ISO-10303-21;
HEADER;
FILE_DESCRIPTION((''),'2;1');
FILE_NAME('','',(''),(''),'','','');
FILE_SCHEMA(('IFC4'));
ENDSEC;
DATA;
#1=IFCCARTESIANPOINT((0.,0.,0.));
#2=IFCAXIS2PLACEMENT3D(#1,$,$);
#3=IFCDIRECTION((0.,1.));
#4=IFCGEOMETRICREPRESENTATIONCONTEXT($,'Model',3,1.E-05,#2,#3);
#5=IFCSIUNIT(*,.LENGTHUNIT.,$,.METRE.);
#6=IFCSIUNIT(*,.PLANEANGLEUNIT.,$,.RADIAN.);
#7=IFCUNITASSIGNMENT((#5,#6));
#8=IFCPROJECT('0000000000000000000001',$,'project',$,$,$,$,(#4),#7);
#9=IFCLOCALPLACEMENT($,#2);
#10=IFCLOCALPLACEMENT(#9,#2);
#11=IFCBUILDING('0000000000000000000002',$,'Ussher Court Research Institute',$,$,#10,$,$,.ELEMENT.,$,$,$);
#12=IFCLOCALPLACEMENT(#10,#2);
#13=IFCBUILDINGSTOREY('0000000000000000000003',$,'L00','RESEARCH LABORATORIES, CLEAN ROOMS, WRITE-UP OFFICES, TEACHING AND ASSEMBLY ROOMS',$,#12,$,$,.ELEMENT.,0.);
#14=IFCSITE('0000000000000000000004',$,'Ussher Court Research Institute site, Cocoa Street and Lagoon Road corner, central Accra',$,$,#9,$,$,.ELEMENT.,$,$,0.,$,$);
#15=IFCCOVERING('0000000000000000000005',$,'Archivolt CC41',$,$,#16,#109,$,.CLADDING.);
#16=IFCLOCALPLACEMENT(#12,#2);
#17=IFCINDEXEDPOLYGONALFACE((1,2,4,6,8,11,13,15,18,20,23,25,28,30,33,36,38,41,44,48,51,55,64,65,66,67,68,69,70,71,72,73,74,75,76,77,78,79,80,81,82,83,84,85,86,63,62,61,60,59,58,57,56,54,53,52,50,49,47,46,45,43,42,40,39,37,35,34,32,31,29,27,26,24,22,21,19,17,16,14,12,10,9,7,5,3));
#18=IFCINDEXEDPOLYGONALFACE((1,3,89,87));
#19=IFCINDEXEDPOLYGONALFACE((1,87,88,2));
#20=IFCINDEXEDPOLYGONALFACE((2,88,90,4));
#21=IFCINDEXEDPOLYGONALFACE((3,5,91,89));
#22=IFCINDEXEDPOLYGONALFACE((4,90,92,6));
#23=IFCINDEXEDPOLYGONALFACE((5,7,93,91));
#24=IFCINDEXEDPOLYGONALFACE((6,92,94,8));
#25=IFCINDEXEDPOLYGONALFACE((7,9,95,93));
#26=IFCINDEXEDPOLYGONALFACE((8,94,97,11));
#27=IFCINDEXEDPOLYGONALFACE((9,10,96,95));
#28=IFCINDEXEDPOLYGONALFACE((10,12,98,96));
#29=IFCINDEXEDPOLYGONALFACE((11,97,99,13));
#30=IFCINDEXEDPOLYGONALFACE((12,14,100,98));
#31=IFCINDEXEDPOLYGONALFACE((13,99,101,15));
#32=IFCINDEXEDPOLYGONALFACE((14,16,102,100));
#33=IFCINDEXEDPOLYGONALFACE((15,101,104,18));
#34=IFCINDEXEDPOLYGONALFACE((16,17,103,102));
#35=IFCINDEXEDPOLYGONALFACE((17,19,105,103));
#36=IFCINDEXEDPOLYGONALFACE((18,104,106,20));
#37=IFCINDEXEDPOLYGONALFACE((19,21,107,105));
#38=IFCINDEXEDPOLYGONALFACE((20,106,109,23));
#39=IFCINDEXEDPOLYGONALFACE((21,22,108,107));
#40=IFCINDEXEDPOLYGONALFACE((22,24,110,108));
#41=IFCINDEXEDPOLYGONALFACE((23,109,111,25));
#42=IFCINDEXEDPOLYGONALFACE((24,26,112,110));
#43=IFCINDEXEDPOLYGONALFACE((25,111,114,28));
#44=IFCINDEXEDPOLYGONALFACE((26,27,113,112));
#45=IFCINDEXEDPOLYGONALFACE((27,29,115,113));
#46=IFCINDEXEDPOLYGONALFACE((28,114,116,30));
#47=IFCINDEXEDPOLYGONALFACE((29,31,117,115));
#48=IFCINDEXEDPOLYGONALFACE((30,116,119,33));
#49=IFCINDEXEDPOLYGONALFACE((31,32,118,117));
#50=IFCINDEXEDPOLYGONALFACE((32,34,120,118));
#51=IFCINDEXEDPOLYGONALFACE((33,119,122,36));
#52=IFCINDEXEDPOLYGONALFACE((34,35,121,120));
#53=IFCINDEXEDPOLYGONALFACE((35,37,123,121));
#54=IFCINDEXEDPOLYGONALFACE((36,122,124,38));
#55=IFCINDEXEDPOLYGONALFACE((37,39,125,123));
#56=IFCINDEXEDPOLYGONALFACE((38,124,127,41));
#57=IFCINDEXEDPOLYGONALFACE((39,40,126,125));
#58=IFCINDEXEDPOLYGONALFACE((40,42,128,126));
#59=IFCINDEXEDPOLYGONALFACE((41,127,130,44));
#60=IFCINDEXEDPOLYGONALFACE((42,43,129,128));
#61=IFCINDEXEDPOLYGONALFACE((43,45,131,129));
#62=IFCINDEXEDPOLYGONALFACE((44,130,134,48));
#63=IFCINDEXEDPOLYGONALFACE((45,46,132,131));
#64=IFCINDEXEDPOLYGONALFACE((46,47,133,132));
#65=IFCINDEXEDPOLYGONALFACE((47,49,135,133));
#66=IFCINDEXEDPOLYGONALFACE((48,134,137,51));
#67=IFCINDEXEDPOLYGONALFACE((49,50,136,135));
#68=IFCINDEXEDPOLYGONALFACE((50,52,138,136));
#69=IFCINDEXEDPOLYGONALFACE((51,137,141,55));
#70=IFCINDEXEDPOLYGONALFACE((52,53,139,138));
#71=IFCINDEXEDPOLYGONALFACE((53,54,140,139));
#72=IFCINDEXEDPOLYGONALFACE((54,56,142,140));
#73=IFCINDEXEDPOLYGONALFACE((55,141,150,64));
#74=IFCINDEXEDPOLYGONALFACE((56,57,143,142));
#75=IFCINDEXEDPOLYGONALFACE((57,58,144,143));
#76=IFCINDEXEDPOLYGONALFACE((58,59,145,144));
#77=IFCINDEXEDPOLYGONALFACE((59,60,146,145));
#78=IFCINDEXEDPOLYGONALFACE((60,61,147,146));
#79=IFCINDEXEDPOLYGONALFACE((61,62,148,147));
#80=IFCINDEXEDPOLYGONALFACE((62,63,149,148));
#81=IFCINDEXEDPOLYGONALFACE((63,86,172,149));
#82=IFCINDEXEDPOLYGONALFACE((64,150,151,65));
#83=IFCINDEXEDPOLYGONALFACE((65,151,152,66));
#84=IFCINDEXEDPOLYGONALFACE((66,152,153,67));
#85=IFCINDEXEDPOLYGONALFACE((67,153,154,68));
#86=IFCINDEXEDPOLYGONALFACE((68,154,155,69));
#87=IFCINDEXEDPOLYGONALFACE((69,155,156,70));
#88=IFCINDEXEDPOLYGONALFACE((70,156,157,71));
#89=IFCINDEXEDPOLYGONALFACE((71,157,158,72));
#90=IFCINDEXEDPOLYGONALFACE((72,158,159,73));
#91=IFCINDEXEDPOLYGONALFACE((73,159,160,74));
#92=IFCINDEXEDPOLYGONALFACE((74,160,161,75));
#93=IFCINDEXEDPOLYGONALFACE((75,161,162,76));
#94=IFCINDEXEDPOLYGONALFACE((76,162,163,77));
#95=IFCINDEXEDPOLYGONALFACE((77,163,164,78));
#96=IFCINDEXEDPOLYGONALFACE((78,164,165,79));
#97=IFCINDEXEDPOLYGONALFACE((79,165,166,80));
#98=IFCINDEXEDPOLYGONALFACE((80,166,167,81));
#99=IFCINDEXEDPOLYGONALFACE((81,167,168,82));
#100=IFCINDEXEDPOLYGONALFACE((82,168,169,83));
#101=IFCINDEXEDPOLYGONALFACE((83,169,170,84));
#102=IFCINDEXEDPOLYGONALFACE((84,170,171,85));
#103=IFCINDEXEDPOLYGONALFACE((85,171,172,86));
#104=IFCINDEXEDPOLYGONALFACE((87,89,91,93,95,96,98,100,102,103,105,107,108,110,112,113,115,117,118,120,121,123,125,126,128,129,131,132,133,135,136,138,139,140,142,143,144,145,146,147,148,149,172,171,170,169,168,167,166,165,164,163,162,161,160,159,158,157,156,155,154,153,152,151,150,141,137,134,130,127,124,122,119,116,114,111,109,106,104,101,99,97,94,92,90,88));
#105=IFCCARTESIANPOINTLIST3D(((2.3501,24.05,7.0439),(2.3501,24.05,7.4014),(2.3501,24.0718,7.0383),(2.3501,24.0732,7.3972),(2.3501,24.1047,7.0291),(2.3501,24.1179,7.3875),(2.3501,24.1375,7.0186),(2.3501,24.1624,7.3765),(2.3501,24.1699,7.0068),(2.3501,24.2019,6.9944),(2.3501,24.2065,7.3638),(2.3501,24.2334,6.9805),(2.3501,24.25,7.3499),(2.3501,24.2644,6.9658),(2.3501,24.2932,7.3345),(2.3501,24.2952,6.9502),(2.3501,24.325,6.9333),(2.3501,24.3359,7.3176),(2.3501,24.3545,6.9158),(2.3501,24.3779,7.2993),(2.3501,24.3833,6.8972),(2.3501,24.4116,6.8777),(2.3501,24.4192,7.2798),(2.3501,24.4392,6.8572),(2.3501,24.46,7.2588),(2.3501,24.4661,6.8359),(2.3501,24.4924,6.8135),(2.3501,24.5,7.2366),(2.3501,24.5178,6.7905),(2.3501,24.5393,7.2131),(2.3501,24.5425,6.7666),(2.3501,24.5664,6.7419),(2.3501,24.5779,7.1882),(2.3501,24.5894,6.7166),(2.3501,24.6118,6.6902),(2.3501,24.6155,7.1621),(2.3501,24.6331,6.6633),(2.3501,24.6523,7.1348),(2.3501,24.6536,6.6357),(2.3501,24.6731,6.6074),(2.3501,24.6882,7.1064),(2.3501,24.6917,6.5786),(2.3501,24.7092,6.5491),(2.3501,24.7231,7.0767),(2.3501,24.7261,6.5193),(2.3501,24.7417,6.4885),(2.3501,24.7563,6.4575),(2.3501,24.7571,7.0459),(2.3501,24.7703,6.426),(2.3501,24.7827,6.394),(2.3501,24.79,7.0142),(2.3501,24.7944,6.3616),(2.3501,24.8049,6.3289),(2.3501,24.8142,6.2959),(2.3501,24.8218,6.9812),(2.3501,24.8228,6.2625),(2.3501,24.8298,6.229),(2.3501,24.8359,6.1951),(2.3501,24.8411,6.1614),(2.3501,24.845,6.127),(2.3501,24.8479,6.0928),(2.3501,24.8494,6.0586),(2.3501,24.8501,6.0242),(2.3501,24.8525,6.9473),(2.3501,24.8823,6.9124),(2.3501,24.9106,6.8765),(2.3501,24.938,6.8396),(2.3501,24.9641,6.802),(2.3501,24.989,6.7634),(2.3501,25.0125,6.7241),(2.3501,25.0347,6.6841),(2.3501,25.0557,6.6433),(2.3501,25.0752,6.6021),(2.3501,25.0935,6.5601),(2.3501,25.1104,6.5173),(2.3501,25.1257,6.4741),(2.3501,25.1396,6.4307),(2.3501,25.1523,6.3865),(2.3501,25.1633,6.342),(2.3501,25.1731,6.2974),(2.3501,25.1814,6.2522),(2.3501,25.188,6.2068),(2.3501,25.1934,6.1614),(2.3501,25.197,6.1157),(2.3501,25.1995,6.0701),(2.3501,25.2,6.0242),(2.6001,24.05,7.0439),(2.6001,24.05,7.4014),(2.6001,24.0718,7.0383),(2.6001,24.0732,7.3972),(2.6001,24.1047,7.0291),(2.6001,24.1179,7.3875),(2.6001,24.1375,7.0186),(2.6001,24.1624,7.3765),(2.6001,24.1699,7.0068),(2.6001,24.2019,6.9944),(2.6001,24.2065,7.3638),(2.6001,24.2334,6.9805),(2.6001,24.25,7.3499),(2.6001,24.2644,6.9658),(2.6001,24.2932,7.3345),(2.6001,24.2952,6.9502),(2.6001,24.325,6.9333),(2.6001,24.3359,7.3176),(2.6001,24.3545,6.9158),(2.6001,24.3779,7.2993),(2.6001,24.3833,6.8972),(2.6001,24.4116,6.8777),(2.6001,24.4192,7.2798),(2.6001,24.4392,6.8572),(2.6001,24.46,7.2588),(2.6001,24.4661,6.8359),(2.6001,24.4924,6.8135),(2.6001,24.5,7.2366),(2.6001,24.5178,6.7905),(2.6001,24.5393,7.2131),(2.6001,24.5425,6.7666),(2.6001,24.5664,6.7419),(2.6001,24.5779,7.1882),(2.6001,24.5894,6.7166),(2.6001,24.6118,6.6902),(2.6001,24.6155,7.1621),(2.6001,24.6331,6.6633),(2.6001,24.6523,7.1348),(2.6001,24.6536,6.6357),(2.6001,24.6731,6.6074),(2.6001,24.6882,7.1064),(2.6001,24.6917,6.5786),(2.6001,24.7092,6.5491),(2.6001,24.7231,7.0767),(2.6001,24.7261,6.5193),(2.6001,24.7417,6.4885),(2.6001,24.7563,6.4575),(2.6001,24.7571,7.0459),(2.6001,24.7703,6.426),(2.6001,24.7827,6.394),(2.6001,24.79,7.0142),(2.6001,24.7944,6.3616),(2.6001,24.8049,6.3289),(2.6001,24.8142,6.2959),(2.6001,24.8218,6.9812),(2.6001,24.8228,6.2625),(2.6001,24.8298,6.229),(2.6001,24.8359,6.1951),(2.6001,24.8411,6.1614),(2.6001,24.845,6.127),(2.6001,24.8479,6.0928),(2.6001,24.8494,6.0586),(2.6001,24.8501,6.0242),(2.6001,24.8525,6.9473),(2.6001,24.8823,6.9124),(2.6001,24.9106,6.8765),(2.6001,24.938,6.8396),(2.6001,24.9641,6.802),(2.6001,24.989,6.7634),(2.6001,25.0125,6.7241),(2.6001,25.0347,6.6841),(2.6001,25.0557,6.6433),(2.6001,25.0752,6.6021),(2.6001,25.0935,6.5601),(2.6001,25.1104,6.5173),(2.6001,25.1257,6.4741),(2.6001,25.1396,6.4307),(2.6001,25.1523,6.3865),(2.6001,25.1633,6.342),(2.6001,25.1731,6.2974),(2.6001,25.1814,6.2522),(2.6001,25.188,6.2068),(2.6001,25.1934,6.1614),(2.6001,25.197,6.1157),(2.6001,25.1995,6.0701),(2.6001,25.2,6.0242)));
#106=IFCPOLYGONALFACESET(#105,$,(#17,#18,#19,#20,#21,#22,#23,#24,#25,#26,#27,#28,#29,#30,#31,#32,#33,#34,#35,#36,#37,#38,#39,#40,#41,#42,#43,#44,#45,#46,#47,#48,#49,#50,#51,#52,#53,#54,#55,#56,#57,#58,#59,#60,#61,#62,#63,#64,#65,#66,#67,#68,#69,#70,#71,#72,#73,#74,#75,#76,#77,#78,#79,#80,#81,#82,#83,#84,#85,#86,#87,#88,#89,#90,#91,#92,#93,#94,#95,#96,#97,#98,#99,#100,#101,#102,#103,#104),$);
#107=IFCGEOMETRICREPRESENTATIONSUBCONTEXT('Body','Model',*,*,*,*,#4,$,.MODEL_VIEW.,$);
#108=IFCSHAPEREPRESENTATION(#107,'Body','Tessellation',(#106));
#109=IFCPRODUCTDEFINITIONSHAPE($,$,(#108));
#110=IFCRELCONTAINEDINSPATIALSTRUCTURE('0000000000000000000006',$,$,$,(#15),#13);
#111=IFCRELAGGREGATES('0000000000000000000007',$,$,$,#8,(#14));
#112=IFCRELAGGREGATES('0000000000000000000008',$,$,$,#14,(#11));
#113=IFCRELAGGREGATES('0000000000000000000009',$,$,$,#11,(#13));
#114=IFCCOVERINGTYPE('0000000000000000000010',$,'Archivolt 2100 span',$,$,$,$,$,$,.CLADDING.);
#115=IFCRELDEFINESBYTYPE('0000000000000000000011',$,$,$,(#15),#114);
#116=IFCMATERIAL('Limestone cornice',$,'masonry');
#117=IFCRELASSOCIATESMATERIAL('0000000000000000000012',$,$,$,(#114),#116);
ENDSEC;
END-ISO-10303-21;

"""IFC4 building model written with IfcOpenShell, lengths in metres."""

from ifc_helpers import new_model, si_unit, direction, frame, origin, place, context, subcontext, project, spatial, polyline, outline, extrude, material, type_object, element, save


model = new_model("IFC4")

# Units and contexts
model_context = context("Model", 3, precision=1e-05, world=origin(), true_north=direction((0.0, 1.0)))
body_context = subcontext(model_context, "Body", "Model", "MODEL_VIEW")
ifc_project = project(units=[si_unit("LENGTHUNIT", "METRE"), si_unit("PLANEANGLEUNIT", "RADIAN")], contexts=[model_context])

# Site, building, storey
site_placement = place(None, origin())
site = spatial("IfcSite", under=ifc_project, at=site_placement, Name="Ussher Court Research Institute site, Cocoa Street and Lagoon Road corner, central Accra", CompositionType="ELEMENT", RefElevation=0.0)
building_placement = place(site_placement, origin())
building = spatial("IfcBuilding", under=site, at=building_placement, Name="Ussher Court Research Institute", CompositionType="ELEMENT")
storey_placement = place(building_placement, origin())
storey = spatial("IfcBuildingStorey", under=building, at=storey_placement, Name="L00", Description="RESEARCH LABORATORIES, CLEAN ROOMS, WRITE-UP OFFICES, TEACHING AND ASSEMBLY ROOMS", CompositionType="ELEMENT", Elevation=0.0)

# Covering
ifc_material_1 = material(Name="Limestone cornice", Category="masonry")
covering_type_1 = type_object("IfcCoveringType", Name="Archivolt 2100 span", PredefinedType="CLADDING", material=ifc_material_1)
covering_1_placement = place(storey_placement, frame((2.3501, 23.8, 6.0242), z_axis=(1.0, 0.0, 0.0), x_axis=(0.0, 1.0, 0.0)))
element("IfcCovering", 1, at=covering_1_placement, inside=storey, type_object=covering_type_1, Name="Archivolt CC41", PredefinedType="CLADDING", context=body_context, shape_type="SweptSolid", body=[
    extrude(outline(polyline([(0.2732, 1.373), (0.25, 1.3772), (0.25, 1.0198), (0.2717, 1.0142), (0.3047, 1.0049), (0.3374, 0.9944), (0.3699, 0.9827), (0.4019, 0.9702), (0.4333, 0.9563), (0.4644, 0.9417), (0.4951, 0.926), (0.5249, 0.9092), (0.5544, 0.8916), (0.5833, 0.873), (0.6116, 0.8535), (0.6392, 0.833), (0.666, 0.8118), (0.6924, 0.7893), (0.7178, 0.7664), (0.7424, 0.7424), (0.7664, 0.7178), (0.7893, 0.6924), (0.8118, 0.666), (0.833, 0.6392), (0.8535, 0.6116), (0.873, 0.5833), (0.8916, 0.5544), (0.9092, 0.5249), (0.926, 0.4951), (0.9417, 0.4644), (0.9563, 0.4333), (0.9702, 0.4019), (0.9827, 0.3699), (0.9944, 0.3374), (1.0049, 0.3047), (1.0142, 0.2717), (1.0227, 0.2383), (1.0298, 0.2048), (1.0359, 0.1709), (1.041, 0.1372), (1.0449, 0.1028), (1.0479, 0.0686), (1.0493, 0.0344), (1.05, 0.0), (1.3999, 0.0), (1.3994, 0.0459), (1.397, 0.0916), (1.3933, 0.1372), (1.3879, 0.1826), (1.3813, 0.228), (1.373, 0.2732), (1.3633, 0.3179), (1.3523, 0.3623), (1.3396, 0.4065), (1.3257, 0.45), (1.3103, 0.4932), (1.2935, 0.5359), (1.2751, 0.5779), (1.2556, 0.6191), (1.2346, 0.6599), (1.2124, 0.7), (1.189, 0.7393), (1.1641, 0.7778), (1.1379, 0.8154), (1.1106, 0.8523), (1.0823, 0.8882), (1.0525, 0.9231), (1.0217, 0.957), (0.99, 0.99), (0.957, 1.0217), (0.9231, 1.0525), (0.8882, 1.0823), (0.8523, 1.1106), (0.8154, 1.1379), (0.7778, 1.1641), (0.7393, 1.189), (0.7, 1.2124), (0.6599, 1.2346), (0.6191, 1.2556), (0.5779, 1.2751), (0.5359, 1.2935), (0.4932, 1.3103), (0.45, 1.3257), (0.4065, 1.3396), (0.3623, 1.3523), (0.3179, 1.3633), (0.2732, 1.373)])), origin(), (0.0, 0.0, 1.0), 0.25),
])

save(model, "model.ifc")
